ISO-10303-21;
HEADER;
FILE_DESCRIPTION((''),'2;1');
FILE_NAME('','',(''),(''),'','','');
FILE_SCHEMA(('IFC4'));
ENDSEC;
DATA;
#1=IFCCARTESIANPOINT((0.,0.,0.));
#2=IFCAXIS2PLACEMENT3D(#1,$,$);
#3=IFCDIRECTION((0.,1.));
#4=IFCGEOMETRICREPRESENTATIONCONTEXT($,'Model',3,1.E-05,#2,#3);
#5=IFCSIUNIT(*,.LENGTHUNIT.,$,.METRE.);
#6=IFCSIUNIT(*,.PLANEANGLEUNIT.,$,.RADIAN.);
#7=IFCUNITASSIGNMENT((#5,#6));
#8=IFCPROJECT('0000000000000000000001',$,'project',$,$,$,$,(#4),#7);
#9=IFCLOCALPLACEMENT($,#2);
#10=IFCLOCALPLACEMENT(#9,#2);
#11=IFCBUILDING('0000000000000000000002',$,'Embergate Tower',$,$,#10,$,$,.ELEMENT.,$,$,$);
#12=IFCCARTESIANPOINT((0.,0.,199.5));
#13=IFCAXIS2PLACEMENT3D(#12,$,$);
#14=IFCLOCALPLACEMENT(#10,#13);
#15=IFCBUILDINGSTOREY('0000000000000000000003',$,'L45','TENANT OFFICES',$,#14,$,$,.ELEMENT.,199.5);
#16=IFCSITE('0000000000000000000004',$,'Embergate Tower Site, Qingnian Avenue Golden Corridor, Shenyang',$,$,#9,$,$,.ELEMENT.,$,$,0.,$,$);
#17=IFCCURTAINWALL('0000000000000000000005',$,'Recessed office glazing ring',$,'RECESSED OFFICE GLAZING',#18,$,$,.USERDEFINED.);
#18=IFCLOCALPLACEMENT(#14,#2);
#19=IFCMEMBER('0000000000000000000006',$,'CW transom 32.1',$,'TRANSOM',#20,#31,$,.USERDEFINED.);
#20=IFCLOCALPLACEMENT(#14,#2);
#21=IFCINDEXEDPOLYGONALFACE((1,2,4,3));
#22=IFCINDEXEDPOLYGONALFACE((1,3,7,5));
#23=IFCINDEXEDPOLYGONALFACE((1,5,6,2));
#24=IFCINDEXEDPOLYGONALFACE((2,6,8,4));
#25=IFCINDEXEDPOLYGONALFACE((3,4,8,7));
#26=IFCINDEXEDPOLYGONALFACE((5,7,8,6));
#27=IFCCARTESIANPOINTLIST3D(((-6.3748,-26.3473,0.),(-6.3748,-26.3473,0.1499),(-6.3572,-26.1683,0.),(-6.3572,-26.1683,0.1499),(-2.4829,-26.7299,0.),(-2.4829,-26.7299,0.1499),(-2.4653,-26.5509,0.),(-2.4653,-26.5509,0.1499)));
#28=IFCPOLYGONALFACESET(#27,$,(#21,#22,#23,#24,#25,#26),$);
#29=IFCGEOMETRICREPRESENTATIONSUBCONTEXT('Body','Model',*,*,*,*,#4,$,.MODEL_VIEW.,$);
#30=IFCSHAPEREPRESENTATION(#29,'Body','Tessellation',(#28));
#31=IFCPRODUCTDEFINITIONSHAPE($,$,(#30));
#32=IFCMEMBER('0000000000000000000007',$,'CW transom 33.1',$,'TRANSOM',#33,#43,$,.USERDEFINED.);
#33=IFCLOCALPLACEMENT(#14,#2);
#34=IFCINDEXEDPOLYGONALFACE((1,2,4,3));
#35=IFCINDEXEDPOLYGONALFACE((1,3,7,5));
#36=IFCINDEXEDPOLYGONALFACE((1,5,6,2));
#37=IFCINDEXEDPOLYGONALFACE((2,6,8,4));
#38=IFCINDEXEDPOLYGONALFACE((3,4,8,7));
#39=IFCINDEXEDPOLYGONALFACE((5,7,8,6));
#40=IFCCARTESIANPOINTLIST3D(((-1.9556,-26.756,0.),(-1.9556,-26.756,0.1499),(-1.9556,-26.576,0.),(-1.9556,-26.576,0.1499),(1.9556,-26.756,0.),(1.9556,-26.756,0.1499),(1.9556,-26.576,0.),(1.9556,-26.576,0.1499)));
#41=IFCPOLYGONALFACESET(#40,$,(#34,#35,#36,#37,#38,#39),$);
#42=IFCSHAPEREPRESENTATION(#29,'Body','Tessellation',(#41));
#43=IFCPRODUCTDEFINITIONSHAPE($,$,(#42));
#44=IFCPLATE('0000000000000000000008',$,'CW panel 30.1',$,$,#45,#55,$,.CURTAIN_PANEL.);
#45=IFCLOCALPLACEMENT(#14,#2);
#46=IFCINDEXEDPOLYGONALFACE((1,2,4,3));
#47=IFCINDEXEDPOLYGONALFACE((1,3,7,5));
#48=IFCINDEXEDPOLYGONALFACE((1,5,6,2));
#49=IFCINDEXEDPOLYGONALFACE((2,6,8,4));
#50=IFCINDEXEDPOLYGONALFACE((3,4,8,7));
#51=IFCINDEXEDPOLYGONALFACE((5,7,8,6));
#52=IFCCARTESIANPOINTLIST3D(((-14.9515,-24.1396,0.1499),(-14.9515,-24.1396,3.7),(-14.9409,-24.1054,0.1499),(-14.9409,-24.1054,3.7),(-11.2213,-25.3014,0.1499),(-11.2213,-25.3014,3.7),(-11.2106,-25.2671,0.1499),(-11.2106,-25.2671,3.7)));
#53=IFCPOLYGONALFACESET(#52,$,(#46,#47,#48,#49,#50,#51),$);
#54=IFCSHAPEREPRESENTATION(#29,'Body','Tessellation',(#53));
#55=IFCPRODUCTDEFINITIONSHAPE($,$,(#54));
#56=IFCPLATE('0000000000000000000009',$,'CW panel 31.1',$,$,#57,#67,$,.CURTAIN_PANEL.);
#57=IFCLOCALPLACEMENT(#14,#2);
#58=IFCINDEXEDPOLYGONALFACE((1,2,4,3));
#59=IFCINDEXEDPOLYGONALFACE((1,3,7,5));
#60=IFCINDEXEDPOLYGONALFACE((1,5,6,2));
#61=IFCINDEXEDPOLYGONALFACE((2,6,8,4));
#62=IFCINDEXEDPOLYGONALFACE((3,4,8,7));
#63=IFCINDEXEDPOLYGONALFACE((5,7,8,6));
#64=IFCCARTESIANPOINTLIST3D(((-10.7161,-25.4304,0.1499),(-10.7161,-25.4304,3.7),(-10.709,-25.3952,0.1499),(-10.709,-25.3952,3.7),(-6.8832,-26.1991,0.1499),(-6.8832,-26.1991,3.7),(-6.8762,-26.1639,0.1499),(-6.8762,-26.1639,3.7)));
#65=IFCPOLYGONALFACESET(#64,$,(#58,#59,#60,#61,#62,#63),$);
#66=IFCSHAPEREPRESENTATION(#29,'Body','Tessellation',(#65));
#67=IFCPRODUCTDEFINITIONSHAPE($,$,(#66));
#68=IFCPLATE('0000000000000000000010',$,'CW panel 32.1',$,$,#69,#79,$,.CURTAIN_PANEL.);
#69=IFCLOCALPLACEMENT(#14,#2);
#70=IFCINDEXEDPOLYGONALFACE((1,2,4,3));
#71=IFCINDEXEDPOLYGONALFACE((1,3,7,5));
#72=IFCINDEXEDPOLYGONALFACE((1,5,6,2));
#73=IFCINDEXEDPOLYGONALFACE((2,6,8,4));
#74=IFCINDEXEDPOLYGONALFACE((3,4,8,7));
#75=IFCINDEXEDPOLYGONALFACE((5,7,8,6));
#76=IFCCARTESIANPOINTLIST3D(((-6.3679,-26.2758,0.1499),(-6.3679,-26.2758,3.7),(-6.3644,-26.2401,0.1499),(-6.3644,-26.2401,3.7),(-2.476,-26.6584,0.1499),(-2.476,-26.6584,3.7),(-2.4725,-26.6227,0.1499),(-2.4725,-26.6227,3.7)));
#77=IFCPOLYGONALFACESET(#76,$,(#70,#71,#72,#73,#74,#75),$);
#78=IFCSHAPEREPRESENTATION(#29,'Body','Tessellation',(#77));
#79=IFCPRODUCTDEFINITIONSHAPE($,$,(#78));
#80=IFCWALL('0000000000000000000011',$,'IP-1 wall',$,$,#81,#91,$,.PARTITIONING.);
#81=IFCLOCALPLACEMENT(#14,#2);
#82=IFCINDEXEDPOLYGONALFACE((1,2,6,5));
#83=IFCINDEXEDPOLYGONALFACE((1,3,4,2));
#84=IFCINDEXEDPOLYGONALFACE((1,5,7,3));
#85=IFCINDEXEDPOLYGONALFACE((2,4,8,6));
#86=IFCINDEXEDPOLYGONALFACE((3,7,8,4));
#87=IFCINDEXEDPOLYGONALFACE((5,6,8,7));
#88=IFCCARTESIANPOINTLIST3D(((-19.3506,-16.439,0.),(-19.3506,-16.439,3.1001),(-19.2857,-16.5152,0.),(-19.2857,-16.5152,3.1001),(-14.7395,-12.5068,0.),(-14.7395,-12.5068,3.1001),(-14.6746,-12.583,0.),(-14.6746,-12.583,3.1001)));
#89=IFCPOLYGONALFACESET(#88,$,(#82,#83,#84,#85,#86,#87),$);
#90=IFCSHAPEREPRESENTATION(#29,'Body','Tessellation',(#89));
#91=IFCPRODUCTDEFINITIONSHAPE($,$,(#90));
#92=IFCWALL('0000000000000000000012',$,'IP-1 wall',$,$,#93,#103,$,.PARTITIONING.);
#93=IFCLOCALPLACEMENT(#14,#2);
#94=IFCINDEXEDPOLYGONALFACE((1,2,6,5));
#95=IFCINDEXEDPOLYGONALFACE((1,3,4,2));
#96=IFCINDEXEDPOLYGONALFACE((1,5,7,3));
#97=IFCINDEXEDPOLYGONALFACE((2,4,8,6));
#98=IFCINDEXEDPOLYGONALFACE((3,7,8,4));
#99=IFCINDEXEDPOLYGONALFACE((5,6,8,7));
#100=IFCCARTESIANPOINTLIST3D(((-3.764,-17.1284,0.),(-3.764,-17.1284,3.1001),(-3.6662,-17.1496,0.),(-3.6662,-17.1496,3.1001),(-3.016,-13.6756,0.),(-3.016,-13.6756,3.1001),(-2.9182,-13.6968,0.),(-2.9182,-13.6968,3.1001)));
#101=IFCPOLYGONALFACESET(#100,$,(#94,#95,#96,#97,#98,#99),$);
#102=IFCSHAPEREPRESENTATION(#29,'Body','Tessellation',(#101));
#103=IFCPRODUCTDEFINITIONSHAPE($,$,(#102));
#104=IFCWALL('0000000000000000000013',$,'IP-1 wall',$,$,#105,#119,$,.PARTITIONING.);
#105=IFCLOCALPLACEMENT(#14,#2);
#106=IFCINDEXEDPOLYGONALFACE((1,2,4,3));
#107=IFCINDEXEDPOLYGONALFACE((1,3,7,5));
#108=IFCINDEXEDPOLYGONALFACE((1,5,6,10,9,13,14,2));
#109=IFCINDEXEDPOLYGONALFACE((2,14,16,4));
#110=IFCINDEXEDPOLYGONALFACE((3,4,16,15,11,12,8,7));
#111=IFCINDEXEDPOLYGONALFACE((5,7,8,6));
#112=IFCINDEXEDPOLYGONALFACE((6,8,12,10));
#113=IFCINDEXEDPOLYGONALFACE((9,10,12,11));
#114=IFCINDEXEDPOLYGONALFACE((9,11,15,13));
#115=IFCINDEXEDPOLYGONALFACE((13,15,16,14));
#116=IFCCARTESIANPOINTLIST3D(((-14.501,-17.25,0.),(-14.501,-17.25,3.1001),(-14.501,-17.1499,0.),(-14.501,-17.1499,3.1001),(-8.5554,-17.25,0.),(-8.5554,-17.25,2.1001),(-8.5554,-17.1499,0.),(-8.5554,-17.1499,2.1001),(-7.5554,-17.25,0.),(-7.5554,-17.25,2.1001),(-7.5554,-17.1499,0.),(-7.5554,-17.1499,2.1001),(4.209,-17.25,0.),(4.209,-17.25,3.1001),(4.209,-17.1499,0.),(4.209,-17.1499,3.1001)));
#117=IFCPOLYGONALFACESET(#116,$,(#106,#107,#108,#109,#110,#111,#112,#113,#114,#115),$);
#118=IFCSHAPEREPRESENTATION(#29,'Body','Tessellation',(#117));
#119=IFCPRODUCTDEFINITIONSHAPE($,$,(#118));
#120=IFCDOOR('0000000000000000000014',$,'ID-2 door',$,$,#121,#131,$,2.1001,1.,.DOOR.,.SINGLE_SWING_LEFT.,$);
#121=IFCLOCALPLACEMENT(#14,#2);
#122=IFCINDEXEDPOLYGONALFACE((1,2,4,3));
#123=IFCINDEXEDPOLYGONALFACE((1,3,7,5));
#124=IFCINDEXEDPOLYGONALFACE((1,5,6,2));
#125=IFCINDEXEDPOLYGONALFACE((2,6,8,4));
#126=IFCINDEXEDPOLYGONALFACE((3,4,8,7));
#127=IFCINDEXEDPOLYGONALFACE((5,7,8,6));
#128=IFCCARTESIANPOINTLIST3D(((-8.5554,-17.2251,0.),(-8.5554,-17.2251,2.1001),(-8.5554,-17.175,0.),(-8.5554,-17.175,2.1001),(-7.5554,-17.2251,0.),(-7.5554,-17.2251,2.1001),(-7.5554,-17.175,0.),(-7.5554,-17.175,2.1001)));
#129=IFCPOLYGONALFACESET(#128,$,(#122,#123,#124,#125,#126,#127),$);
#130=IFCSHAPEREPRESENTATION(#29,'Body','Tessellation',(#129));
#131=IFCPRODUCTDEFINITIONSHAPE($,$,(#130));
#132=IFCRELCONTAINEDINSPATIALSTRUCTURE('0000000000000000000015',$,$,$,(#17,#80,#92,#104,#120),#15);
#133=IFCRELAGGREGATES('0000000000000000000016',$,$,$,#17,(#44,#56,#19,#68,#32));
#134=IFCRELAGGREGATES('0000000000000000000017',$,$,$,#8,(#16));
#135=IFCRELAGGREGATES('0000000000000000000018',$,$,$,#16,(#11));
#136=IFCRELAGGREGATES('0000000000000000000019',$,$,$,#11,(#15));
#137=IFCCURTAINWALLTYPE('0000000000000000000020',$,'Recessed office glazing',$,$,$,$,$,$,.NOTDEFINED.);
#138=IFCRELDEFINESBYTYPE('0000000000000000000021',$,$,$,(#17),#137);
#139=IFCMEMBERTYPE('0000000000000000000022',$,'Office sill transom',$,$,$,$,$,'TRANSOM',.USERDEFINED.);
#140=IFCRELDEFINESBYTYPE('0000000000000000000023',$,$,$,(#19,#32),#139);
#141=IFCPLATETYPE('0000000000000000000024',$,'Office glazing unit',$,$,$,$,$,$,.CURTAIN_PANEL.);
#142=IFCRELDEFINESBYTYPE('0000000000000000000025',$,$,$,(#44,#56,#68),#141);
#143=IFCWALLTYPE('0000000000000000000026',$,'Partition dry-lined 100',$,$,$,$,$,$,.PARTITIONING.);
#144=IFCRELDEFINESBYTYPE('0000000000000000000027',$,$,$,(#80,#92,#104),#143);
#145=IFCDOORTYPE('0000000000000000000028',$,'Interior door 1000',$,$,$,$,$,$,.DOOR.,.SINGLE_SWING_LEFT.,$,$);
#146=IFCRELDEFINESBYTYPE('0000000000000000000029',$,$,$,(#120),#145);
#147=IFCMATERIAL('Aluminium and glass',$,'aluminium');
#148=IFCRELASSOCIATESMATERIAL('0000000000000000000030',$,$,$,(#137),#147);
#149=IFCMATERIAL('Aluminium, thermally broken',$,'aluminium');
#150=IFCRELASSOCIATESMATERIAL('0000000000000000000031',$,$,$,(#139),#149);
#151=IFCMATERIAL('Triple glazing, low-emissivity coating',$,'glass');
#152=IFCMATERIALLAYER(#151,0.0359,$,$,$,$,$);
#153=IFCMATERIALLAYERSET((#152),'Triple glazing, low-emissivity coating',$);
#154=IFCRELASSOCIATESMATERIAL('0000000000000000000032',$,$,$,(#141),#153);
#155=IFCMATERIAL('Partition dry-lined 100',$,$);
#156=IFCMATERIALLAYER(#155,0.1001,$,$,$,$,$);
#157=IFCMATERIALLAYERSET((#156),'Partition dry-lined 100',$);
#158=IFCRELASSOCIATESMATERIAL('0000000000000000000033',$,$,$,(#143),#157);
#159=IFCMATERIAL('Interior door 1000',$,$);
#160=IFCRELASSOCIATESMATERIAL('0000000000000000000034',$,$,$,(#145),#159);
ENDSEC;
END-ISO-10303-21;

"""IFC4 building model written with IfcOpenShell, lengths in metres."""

from ifc_helpers import new_model, si_unit, direction, frame, frame_2d, origin, origin_2d, place, context, subcontext, project, spatial, rectangle, extrude, source, transform, mapped, material, layer, layer_set, material_profile, profile_set, type_object, element, fill, aggregate, save


model = new_model("IFC4")

# Units and contexts
model_context = context("Model", 3, precision=1e-05, world=origin(), true_north=direction((0.0, 1.0)))
body_context = subcontext(model_context, "Body", "Model", "MODEL_VIEW")
ifc_project = project(units=[si_unit("LENGTHUNIT", "METRE"), si_unit("PLANEANGLEUNIT", "RADIAN")], contexts=[model_context])

# Site, building, storey
site_placement = place(None, origin())
site = spatial("IfcSite", under=ifc_project, at=site_placement, Name="Embergate Tower Site, Qingnian Avenue Golden Corridor, Shenyang", CompositionType="ELEMENT", RefElevation=0.0)
building_placement = place(site_placement, origin())
building = spatial("IfcBuilding", under=site, at=building_placement, Name="Embergate Tower", CompositionType="ELEMENT")
storey_placement = place(building_placement, frame((0.0, 0.0, 199.5)))
storey = spatial("IfcBuildingStorey", under=building, at=storey_placement, Name="L45", Description="TENANT OFFICES", CompositionType="ELEMENT", Elevation=199.5)

# Curtain wall, members
ifc_material_1 = material(Name="Aluminium and glass", Category="aluminium")
curtain_wall_type = type_object("IfcCurtainWallType", Name="Recessed office glazing", PredefinedType="NOTDEFINED", material=ifc_material_1)
curtain_wall_placement = place(storey_placement, origin())
curtain_wall = element("IfcCurtainWall", 1, at=curtain_wall_placement, inside=storey, type_object=curtain_wall_type, Name="Recessed office glazing ring", ObjectType="RECESSED OFFICE GLAZING", PredefinedType="USERDEFINED")
ifc_material_2 = material(Name="Aluminium, thermally broken", Category="aluminium")
ifc_material_profile_1 = material_profile(ifc_material_2, rectangle(XDim=0.1799, YDim=0.1499, at=origin_2d()), Name="AL 150x180")
ifc_profile_set_1 = profile_set([ifc_material_profile_1], Name="Aluminium, thermally broken")
member_type_1 = type_object("IfcMemberType", Name="Office sill transom", ElementType="TRANSOM", PredefinedType="USERDEFINED", material=ifc_profile_set_1)
shared_shape_1 = source(origin(), body_context, "Body", "SweptSolid", [
    extrude(rectangle(XDim=0.1799, YDim=0.1499, at=origin_2d()), origin(), (0.0, 0.0, 1.0), 3.9106),
])
member_1_placement = place(storey_placement, frame((-6.366, -26.2578, 0.075), z_axis=(0.995203, -0.097828, 0.0), x_axis=(0.097828, 0.995203, 0.0)))
member_1 = element("IfcMember", 2, at=member_1_placement, type_object=member_type_1, Name="CW transom 32.1", ObjectType="TRANSOM", PredefinedType="USERDEFINED", context=body_context, shape_type="MappedRepresentation", body=[
    mapped(shared_shape_1, transform((0.0, 0.0, 0.0))),
])
shared_shape_2 = source(origin(), body_context, "Body", "SweptSolid", [
    extrude(rectangle(XDim=0.1799, YDim=0.1499, at=origin_2d()), origin(), (0.0, 0.0, 1.0), 3.9111),
])
member_2_placement = place(storey_placement, frame((-1.9556, -26.666, 0.075), z_axis=(1.0, 0.0, 0.0), x_axis=(0.0, 1.0, 0.0)))
member_2 = element("IfcMember", 3, at=member_2_placement, type_object=member_type_1, Name="CW transom 33.1", ObjectType="TRANSOM", PredefinedType="USERDEFINED", context=body_context, shape_type="MappedRepresentation", body=[
    mapped(shared_shape_2, transform((0.0, 0.0, 0.0))),
])

# Plates
ifc_material_3 = material(Name="Triple glazing, low-emissivity coating", Category="glass")
ifc_layer_1 = layer(ifc_material_3, 0.0359)
ifc_layer_set_1 = layer_set([ifc_layer_1], Name="Triple glazing, low-emissivity coating")
plate_type = type_object("IfcPlateType", Name="Office glazing unit", PredefinedType="CURTAIN_PANEL", material=ifc_layer_set_1)
shared_shape_3 = source(origin(), body_context, "Body", "SweptSolid", [
    extrude(rectangle(XDim=3.907, YDim=0.0359, at=origin_2d()), origin(), (0.0, 0.0, 1.0), 3.55),
])
plate_1_placement = place(storey_placement, frame((-13.0811, -24.7034, 0.1499), z_axis=(0.0, 0.0, 1.0), x_axis=(0.95477, -0.297347, 0.0)))
plate_1 = element("IfcPlate", 4, at=plate_1_placement, type_object=plate_type, Name="CW panel 30.1", PredefinedType="CURTAIN_PANEL", context=body_context, shape_type="MappedRepresentation", body=[
    mapped(shared_shape_3, transform((0.0, 0.0, 0.0))),
])
shared_shape_4 = source(origin(), body_context, "Body", "SweptSolid", [
    extrude(rectangle(XDim=3.9092, YDim=0.0359, at=origin_2d()), origin(), (0.0, 0.0, 1.0), 3.55),
])
plate_2_placement = place(storey_placement, frame((-8.7961, -25.7971, 0.1499), z_axis=(0.0, 0.0, 1.0), x_axis=(0.980475, -0.196646, 0.0)))
plate_2 = element("IfcPlate", 5, at=plate_2_placement, type_object=plate_type, Name="CW panel 31.1", PredefinedType="CURTAIN_PANEL", context=body_context, shape_type="MappedRepresentation", body=[
    mapped(shared_shape_4, transform((0.0, 0.0, 0.0))),
])
shared_shape_5 = source(origin(), body_context, "Body", "SweptSolid", [
    extrude(rectangle(XDim=3.9106, YDim=0.0359, at=origin_2d()), origin(), (0.0, 0.0, 1.0), 3.55),
])
plate_3_placement = place(storey_placement, frame((-4.4202, -26.4492, 0.1499), z_axis=(0.0, 0.0, 1.0), x_axis=(0.995203, -0.097833, 0.0)))
plate_3 = element("IfcPlate", 6, at=plate_3_placement, type_object=plate_type, Name="CW panel 32.1", PredefinedType="CURTAIN_PANEL", context=body_context, shape_type="MappedRepresentation", body=[
    mapped(shared_shape_5, transform((0.0, 0.0, 0.0))),
])
aggregate(curtain_wall, [plate_1, plate_2, member_1, plate_3, member_2])

# Walls
ifc_material_4 = material(Name="Partition dry-lined 100")
ifc_layer_2 = layer(ifc_material_4, 0.1001)
ifc_layer_set_2 = layer_set([ifc_layer_2], Name="Partition dry-lined 100")
wall_type = type_object("IfcWallType", Name="Partition dry-lined 100", PredefinedType="PARTITIONING", material=ifc_layer_set_2)
shared_shape_6 = source(origin(), body_context, "Body", "SweptSolid", [
    extrude(rectangle(XDim=6.0601, YDim=0.1001, at=frame_2d((3.03, 0.0))), origin(), (0.0, 0.0, 1.0), 3.1001),
])
wall_1_placement = place(storey_placement, frame((-14.707, -12.5449, 0.0), z_axis=(0.0, 0.0, 1.0), x_axis=(-0.760904, -0.648865, 0.0)))
element("IfcWall", 7, at=wall_1_placement, inside=storey, type_object=wall_type, Name="IP-1 wall", PredefinedType="PARTITIONING", context=body_context, shape_type="MappedRepresentation", body=[
    mapped(shared_shape_6, transform((0.0, 0.0, 0.0))),
])
shared_shape_7 = source(origin(), body_context, "Body", "SweptSolid", [
    extrude(rectangle(XDim=3.533, YDim=0.1001, at=frame_2d((1.7666, 0.0))), origin(), (0.0, 0.0, 1.0), 3.1001),
])
wall_2_placement = place(storey_placement, frame((-2.967, -13.686, 0.0), z_axis=(0.0, 0.0, 1.0), x_axis=(-0.211732, -0.977328, 0.0)))
element("IfcWall", 8, at=wall_2_placement, inside=storey, type_object=wall_type, Name="IP-1 wall", PredefinedType="PARTITIONING", context=body_context, shape_type="MappedRepresentation", body=[
    mapped(shared_shape_7, transform((0.0, 0.0, 0.0))),
])

# Wall, opening, door
shared_shape_8 = source(origin(), body_context, "Body", "SweptSolid", [
    extrude(rectangle(XDim=18.71, YDim=0.1001, at=frame_2d((9.355, 0.0))), origin(), (0.0, 0.0, 1.0), 3.1001),
])
wall_3_placement = place(storey_placement, frame((-14.501, -17.2, 0.0), z_axis=(0.0, 0.0, 1.0), x_axis=(1.0, 0.0, 0.0)))
wall_3 = element("IfcWall", 9, at=wall_3_placement, inside=storey, type_object=wall_type, Name="IP-1 wall", PredefinedType="PARTITIONING", context=body_context, shape_type="MappedRepresentation", body=[
    mapped(shared_shape_8, transform((0.0, 0.0, 0.0))),
])
shared_shape_9 = source(origin(), body_context, "Body", "SweptSolid", [
    extrude(rectangle(XDim=1.0, YDim=2.1001, at=frame_2d((0.5, 1.05))), frame((0.0, 0.0601, 0.0), z_axis=(0.0, -1.0, 0.0), x_axis=(1.0, 0.0, 0.0)), (0.0, 0.0, 1.0), 0.1201),
])
opening_placement = place(wall_3_placement, frame((5.9456, 0.0, 0.0)))
opening = element("IfcOpeningElement", 10, at=opening_placement, cuts=wall_3, PredefinedType="OPENING", context=body_context, shape_type="MappedRepresentation", body=[
    mapped(shared_shape_9, transform((0.0, 0.0, 0.0))),
])
ifc_material_5 = material(Name="Interior door 1000")
door_type = type_object("IfcDoorType", Name="Interior door 1000", OperationType="SINGLE_SWING_LEFT", PredefinedType="DOOR", material=ifc_material_5)
shared_shape_10 = source(origin(), body_context, "Body", "SweptSolid", [
    extrude(rectangle(XDim=1.0, YDim=2.1001, at=frame_2d((0.5, 1.05))), frame((0.0, 0.0249, 0.0), z_axis=(0.0, -1.0, 0.0), x_axis=(1.0, 0.0, 0.0)), (0.0, 0.0, 1.0), 0.05),
])
door_placement = place(opening_placement, origin())
door = element("IfcDoor", 11, at=door_placement, inside=storey, type_object=door_type, Name="ID-2 door", OperationType="SINGLE_SWING_LEFT", OverallHeight=2.1001, OverallWidth=1.0, PredefinedType="DOOR", context=body_context, shape_type="MappedRepresentation", body=[
    mapped(shared_shape_10, transform((0.0, 0.0, 0.0))),
])
fill(opening, door)

save(model, "model.ifc")
